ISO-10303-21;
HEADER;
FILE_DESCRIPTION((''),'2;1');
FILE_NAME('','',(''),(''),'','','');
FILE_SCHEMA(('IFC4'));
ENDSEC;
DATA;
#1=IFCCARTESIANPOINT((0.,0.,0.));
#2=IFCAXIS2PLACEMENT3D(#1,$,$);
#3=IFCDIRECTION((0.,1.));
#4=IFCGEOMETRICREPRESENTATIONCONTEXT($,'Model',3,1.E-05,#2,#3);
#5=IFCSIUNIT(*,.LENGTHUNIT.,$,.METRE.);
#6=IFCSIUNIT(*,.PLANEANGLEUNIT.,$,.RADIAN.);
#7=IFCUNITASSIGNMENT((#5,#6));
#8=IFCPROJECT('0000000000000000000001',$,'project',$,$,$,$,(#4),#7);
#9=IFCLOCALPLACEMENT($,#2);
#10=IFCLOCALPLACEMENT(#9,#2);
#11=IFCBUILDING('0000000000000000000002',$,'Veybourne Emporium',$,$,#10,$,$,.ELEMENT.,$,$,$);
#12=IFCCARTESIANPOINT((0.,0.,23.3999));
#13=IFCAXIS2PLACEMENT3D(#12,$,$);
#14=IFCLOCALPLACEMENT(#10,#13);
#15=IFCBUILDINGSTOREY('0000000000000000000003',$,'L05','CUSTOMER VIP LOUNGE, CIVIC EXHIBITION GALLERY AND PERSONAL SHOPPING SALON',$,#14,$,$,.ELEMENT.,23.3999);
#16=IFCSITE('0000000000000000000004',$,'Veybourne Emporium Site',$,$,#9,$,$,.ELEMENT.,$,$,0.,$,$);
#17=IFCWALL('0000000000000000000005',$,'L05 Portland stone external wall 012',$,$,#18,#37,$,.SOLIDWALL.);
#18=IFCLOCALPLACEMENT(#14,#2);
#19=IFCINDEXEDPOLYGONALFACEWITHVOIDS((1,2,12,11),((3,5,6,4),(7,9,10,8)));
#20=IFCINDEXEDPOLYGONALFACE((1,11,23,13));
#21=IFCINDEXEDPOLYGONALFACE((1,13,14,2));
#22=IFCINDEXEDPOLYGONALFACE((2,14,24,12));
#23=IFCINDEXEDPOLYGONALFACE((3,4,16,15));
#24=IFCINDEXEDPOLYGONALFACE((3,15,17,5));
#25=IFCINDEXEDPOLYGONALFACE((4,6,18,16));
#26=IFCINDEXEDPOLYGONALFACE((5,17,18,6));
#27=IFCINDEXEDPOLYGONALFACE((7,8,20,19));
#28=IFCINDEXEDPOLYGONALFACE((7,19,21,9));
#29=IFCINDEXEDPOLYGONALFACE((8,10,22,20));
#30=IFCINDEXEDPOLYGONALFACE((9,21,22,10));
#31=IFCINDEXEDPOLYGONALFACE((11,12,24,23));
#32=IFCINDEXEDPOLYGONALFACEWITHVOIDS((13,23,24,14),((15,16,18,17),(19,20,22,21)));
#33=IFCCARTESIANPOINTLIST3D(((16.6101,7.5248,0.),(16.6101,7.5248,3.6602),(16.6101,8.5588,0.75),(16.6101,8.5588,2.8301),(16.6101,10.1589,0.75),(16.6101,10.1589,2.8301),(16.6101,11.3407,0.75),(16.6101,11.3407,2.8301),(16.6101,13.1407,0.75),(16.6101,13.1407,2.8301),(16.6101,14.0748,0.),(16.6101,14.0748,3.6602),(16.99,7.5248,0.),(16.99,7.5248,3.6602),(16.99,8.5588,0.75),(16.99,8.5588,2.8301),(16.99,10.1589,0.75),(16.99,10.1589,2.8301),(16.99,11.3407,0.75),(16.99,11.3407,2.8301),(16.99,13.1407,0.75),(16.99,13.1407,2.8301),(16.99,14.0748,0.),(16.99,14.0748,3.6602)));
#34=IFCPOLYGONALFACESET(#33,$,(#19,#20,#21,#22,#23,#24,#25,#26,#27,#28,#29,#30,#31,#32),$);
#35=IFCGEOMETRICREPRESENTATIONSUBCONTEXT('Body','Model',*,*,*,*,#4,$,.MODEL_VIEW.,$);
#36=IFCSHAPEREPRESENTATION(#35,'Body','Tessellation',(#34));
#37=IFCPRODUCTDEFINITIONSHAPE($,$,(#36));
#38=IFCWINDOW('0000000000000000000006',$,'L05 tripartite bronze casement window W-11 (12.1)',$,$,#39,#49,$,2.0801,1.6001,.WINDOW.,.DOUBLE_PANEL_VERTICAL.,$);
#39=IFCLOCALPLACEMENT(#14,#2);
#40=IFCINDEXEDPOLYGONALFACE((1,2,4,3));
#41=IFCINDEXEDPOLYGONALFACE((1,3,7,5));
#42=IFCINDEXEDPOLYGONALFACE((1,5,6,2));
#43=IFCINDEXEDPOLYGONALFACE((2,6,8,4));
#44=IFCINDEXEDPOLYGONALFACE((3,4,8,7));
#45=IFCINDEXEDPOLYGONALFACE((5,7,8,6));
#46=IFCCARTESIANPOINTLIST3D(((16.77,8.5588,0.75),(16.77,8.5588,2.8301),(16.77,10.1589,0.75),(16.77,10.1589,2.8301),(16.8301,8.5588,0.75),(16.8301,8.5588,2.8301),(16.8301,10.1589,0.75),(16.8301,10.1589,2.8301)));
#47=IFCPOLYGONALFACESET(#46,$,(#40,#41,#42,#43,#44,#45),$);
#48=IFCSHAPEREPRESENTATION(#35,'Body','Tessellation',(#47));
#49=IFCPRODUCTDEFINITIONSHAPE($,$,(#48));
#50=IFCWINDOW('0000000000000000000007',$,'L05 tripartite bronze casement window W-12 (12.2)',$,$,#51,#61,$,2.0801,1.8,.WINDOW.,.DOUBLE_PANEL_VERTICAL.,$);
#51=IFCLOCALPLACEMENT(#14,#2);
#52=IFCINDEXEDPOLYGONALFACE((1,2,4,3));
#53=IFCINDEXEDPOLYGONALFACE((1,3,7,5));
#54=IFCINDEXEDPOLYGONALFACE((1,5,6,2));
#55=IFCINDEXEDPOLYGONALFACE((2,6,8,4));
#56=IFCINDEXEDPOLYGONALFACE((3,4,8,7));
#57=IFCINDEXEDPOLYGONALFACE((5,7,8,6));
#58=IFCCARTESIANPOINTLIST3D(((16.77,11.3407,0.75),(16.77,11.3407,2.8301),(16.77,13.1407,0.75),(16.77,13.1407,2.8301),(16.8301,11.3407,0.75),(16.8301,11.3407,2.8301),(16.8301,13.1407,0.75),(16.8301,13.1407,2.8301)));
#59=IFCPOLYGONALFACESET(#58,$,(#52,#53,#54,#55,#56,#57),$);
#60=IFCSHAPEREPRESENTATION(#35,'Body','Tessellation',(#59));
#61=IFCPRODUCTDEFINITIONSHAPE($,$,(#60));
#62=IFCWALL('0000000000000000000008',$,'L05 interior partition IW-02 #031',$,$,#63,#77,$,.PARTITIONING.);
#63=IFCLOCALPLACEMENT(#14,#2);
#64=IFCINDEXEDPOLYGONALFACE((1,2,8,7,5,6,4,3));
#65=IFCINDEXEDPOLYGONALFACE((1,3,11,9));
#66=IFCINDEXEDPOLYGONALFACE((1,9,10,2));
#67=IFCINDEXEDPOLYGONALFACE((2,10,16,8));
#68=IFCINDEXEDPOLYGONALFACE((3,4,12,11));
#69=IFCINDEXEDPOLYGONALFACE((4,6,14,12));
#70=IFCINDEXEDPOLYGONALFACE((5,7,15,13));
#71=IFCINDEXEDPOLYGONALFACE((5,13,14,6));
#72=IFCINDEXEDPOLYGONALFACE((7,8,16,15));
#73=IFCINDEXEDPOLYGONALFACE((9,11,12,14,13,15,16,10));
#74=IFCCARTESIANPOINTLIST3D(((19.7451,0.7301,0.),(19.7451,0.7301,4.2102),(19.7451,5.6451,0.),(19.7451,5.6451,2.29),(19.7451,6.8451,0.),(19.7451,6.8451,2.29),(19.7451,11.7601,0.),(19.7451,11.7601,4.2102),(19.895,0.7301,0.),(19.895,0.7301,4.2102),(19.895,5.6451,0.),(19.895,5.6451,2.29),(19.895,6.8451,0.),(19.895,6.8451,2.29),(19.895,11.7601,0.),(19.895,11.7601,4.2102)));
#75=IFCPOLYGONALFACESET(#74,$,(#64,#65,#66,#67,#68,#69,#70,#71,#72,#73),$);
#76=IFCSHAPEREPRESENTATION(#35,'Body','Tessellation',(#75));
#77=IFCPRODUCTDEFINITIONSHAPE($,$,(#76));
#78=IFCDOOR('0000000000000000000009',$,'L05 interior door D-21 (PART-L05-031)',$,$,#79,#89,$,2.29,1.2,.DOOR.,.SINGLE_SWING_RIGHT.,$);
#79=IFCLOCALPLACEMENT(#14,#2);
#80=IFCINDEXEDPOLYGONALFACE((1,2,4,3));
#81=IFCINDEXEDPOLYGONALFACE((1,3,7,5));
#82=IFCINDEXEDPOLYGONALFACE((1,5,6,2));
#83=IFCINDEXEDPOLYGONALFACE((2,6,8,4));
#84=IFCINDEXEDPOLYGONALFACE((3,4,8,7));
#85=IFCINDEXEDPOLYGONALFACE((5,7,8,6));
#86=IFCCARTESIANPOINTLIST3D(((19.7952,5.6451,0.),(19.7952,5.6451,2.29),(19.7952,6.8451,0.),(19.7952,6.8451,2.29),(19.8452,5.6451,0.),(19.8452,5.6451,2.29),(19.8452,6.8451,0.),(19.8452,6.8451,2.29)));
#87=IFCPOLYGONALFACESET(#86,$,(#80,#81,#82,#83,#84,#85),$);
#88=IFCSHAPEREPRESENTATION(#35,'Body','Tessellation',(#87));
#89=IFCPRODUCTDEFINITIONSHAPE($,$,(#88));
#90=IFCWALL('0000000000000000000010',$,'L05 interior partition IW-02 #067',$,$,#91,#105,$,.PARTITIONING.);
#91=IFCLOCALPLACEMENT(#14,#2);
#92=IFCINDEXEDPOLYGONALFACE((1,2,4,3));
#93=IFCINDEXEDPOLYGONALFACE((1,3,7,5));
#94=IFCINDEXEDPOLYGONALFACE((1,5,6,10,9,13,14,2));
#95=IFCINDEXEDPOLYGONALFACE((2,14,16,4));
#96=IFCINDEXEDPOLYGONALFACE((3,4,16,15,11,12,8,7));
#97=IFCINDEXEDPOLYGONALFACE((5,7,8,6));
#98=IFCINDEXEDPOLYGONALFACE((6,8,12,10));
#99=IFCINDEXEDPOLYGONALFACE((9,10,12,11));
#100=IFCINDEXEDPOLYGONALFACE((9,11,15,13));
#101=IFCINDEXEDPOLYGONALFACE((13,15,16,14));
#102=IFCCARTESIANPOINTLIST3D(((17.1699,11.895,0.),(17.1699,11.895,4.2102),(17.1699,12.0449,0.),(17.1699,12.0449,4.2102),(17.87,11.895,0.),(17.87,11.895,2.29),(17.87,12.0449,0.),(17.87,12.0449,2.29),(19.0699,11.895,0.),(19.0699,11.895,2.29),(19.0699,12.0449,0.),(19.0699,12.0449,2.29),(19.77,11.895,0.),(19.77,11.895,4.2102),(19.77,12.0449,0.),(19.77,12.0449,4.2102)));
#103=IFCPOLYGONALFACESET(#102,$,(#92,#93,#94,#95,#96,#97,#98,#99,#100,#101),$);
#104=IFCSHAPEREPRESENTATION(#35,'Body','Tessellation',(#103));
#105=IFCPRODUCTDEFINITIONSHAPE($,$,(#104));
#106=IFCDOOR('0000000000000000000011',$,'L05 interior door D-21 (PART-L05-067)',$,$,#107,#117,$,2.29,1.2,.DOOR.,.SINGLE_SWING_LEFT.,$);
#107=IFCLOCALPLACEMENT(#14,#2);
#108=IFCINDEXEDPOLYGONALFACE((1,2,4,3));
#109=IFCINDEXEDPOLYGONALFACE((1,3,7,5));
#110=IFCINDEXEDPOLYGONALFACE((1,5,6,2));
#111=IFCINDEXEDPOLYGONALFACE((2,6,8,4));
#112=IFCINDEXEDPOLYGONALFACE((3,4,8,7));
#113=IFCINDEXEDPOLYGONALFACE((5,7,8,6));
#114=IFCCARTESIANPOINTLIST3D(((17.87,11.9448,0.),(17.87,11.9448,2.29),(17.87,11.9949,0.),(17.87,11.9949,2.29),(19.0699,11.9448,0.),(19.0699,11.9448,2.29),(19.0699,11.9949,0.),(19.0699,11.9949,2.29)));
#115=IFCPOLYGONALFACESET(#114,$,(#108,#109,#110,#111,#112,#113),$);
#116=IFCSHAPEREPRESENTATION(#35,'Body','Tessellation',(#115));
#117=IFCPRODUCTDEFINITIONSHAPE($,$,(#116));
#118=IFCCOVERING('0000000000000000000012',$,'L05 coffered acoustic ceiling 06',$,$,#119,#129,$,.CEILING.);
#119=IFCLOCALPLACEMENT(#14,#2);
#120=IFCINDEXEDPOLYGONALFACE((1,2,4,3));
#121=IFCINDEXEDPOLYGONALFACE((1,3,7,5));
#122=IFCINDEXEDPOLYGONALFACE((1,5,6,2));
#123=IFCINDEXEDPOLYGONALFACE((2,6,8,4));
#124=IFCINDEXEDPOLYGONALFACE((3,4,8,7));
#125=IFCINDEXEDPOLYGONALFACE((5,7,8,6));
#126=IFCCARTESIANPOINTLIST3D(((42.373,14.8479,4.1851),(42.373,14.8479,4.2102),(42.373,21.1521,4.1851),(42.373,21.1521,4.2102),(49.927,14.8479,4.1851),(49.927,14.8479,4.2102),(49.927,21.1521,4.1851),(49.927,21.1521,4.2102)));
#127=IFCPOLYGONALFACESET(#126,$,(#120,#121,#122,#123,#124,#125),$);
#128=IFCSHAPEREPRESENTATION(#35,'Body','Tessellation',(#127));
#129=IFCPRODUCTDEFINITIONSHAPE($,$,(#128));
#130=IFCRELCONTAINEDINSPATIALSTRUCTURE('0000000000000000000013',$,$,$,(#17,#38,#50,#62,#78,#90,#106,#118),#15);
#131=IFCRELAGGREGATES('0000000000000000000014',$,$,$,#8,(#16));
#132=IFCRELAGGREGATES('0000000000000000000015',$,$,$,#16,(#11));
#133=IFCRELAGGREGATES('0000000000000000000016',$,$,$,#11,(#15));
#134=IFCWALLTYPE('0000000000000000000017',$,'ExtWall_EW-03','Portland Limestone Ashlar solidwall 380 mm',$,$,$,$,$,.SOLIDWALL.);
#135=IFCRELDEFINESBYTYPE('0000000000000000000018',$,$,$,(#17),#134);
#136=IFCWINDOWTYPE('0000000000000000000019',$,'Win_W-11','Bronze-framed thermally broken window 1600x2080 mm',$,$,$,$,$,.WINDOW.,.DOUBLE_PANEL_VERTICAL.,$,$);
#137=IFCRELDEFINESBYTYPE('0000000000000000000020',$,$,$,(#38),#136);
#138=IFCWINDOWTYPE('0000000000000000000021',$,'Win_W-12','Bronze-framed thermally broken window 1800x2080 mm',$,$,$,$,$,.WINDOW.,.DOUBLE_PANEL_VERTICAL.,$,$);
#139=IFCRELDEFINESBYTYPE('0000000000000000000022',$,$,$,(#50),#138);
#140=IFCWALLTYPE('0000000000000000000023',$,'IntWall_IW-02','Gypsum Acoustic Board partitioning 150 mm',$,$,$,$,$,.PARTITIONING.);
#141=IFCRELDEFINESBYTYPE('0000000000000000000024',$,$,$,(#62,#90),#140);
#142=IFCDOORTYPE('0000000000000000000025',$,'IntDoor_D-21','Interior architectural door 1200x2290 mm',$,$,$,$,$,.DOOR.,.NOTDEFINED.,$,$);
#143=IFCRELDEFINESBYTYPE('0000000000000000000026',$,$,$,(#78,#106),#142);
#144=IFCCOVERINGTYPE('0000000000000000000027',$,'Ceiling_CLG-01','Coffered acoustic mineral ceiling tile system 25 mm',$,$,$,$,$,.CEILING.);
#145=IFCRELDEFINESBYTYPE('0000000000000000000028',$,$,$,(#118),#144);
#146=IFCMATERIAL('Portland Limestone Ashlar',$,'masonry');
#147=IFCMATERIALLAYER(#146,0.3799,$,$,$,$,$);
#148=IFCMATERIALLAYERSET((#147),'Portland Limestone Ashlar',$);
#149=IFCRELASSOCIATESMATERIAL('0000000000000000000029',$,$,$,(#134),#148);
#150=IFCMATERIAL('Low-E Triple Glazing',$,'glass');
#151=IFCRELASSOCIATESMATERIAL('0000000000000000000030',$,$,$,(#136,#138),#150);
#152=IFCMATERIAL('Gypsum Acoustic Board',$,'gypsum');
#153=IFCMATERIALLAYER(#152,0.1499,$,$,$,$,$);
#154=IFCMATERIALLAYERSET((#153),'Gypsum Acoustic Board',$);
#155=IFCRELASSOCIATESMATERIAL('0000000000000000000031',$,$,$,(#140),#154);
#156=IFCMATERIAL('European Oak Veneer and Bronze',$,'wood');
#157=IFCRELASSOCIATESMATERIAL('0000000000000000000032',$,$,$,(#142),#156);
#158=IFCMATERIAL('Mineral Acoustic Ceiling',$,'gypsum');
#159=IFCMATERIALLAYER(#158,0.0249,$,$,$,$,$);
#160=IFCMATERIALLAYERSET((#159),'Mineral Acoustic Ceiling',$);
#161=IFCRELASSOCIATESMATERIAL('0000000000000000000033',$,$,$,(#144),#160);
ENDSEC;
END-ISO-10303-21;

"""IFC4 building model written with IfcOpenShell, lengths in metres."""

from ifc_helpers import new_model, si_unit, direction, frame, frame_2d, origin, place, context, subcontext, project, spatial, polyline, rectangle, outline, extrude, material, layer, layer_set, type_object, element, fill, save


model = new_model("IFC4")

# Units and contexts
model_context = context("Model", 3, precision=1e-05, world=origin(), true_north=direction((0.0, 1.0)))
body_context = subcontext(model_context, "Body", "Model", "MODEL_VIEW")
ifc_project = project(units=[si_unit("LENGTHUNIT", "METRE"), si_unit("PLANEANGLEUNIT", "RADIAN")], contexts=[model_context])

# Site, building, storey
site_placement = place(None, origin())
site = spatial("IfcSite", under=ifc_project, at=site_placement, Name="Veybourne Emporium Site", CompositionType="ELEMENT", RefElevation=0.0)
building_placement = place(site_placement, origin())
building = spatial("IfcBuilding", under=site, at=building_placement, Name="Veybourne Emporium", CompositionType="ELEMENT")
storey_placement = place(building_placement, frame((0.0, 0.0, 23.3999)))
storey = spatial("IfcBuildingStorey", under=building, at=storey_placement, Name="L05", Description="CUSTOMER VIP LOUNGE, CIVIC EXHIBITION GALLERY AND PERSONAL SHOPPING SALON", CompositionType="ELEMENT", Elevation=23.3999)

# Wall, openings, windows
ifc_material_1 = material(Name="Portland Limestone Ashlar", Category="masonry")
ifc_layer_1 = layer(ifc_material_1, 0.3799)
ifc_layer_set_1 = layer_set([ifc_layer_1], Name="Portland Limestone Ashlar")
wall_type_1 = type_object("IfcWallType", Name="ExtWall_EW-03", Description="Portland Limestone Ashlar solidwall 380 mm", PredefinedType="SOLIDWALL", material=ifc_layer_set_1)
ifc_material_2 = material(Name="Low-E Triple Glazing", Category="glass")
wall_1_placement = place(storey_placement, frame((16.8, 7.5249, 0.0), z_axis=(0.0, 0.0, 1.0), x_axis=(0.0, 1.0, 0.0)))
wall_1 = element("IfcWall", 1, at=wall_1_placement, inside=storey, type_object=wall_type_1, Name="L05 Portland stone external wall 012", PredefinedType="SOLIDWALL", context=body_context, shape_type="SweptSolid", body=[
    extrude(rectangle(XDim=6.55, YDim=0.3799, at=frame_2d((3.2749, 0.0))), origin(), (0.0, 0.0, 1.0), 3.6602),
])
opening_1_placement = place(wall_1_placement, frame((1.0339, 0.0, 0.75)))
opening_1 = element("IfcOpeningElement", 2, at=opening_1_placement, cuts=wall_1, PredefinedType="OPENING", context=body_context, shape_type="SweptSolid", body=[
    extrude(rectangle(XDim=1.6001, YDim=2.0801, at=frame_2d((0.8, 1.04))), frame((0.0, 0.21, 0.0), z_axis=(0.0, -1.0, 0.0), x_axis=(1.0, 0.0, 0.0)), (0.0, 0.0, 1.0), 0.4199),
])
opening_2_placement = place(wall_1_placement, frame((3.8159, 0.0, 0.75)))
opening_2 = element("IfcOpeningElement", 3, at=opening_2_placement, cuts=wall_1, PredefinedType="OPENING", context=body_context, shape_type="SweptSolid", body=[
    extrude(rectangle(XDim=1.8, YDim=2.0801, at=frame_2d((0.8999, 1.04))), frame((0.0, 0.21, 0.0), z_axis=(0.0, -1.0, 0.0), x_axis=(1.0, 0.0, 0.0)), (0.0, 0.0, 1.0), 0.4199),
])
window_type_1 = type_object("IfcWindowType", Name="Win_W-11", Description="Bronze-framed thermally broken window 1600x2080 mm", PartitioningType="DOUBLE_PANEL_VERTICAL", PredefinedType="WINDOW", material=ifc_material_2)
window_1_placement = place(opening_1_placement, origin())
window_1 = element("IfcWindow", 4, at=window_1_placement, inside=storey, type_object=window_type_1, Name="L05 tripartite bronze casement window W-11 (12.1)", OverallHeight=2.0801, OverallWidth=1.6001, PartitioningType="DOUBLE_PANEL_VERTICAL", PredefinedType="WINDOW", context=body_context, shape_type="SweptSolid", body=[
    extrude(rectangle(XDim=1.6001, YDim=2.0801, at=frame_2d((0.8, 1.04))), frame((0.0, 0.03, 0.0), z_axis=(0.0, -1.0, 0.0), x_axis=(1.0, 0.0, 0.0)), (0.0, 0.0, 1.0), 0.0601),
])
fill(opening_1, window_1)
window_type_2 = type_object("IfcWindowType", Name="Win_W-12", Description="Bronze-framed thermally broken window 1800x2080 mm", PartitioningType="DOUBLE_PANEL_VERTICAL", PredefinedType="WINDOW", material=ifc_material_2)
window_2_placement = place(opening_2_placement, origin())
window_2 = element("IfcWindow", 5, at=window_2_placement, inside=storey, type_object=window_type_2, Name="L05 tripartite bronze casement window W-12 (12.2)", OverallHeight=2.0801, OverallWidth=1.8, PartitioningType="DOUBLE_PANEL_VERTICAL", PredefinedType="WINDOW", context=body_context, shape_type="SweptSolid", body=[
    extrude(rectangle(XDim=1.8, YDim=2.0801, at=frame_2d((0.8999, 1.04))), frame((0.0, 0.03, 0.0), z_axis=(0.0, -1.0, 0.0), x_axis=(1.0, 0.0, 0.0)), (0.0, 0.0, 1.0), 0.0601),
])
fill(opening_2, window_2)

# Walls, openings, doors
ifc_material_3 = material(Name="Gypsum Acoustic Board", Category="gypsum")
ifc_layer_2 = layer(ifc_material_3, 0.1499)
ifc_layer_set_2 = layer_set([ifc_layer_2], Name="Gypsum Acoustic Board")
wall_type_2 = type_object("IfcWallType", Name="IntWall_IW-02", Description="Gypsum Acoustic Board partitioning 150 mm", PredefinedType="PARTITIONING", material=ifc_layer_set_2)
wall_2_placement = place(storey_placement, frame((19.8201, 0.73, 0.0), z_axis=(0.0, 0.0, 1.0), x_axis=(0.0, 1.0, 0.0)))
wall_2 = element("IfcWall", 6, at=wall_2_placement, inside=storey, type_object=wall_type_2, Name="L05 interior partition IW-02 #031", PredefinedType="PARTITIONING", context=body_context, shape_type="SweptSolid", body=[
    extrude(rectangle(XDim=11.03, YDim=0.1499, at=frame_2d((5.5151, 0.0))), origin(), (0.0, 0.0, 1.0), 4.2102),
])
opening_3_placement = place(wall_2_placement, frame((4.915, 0.0, 0.0)))
opening_3 = element("IfcOpeningElement", 7, at=opening_3_placement, cuts=wall_2, PredefinedType="OPENING", context=body_context, shape_type="SweptSolid", body=[
    extrude(rectangle(XDim=1.2, YDim=2.29, at=frame_2d((0.6001, 1.145))), frame((0.0, 0.095, 0.0), z_axis=(0.0, -1.0, 0.0), x_axis=(1.0, 0.0, 0.0)), (0.0, 0.0, 1.0), 0.1899),
])
ifc_material_4 = material(Name="European Oak Veneer and Bronze", Category="wood")
door_type = type_object("IfcDoorType", Name="IntDoor_D-21", Description="Interior architectural door 1200x2290 mm", OperationType="NOTDEFINED", PredefinedType="DOOR", material=ifc_material_4)
door_1_placement = place(opening_3_placement, origin())
door_1 = element("IfcDoor", 8, at=door_1_placement, inside=storey, type_object=door_type, Name="L05 interior door D-21 (PART-L05-031)", OperationType="SINGLE_SWING_RIGHT", OverallHeight=2.29, OverallWidth=1.2, PredefinedType="DOOR", context=body_context, shape_type="SweptSolid", body=[
    extrude(rectangle(XDim=1.2, YDim=2.29, at=frame_2d((0.6001, 1.145))), frame((0.0, 0.0249, 0.0), z_axis=(0.0, -1.0, 0.0), x_axis=(1.0, 0.0, 0.0)), (0.0, 0.0, 1.0), 0.05),
])
fill(opening_3, door_1)
wall_3_placement = place(storey_placement, frame((17.1699, 11.97, 0.0), z_axis=(0.0, 0.0, 1.0), x_axis=(1.0, 0.0, 0.0)))
wall_3 = element("IfcWall", 9, at=wall_3_placement, inside=storey, type_object=wall_type_2, Name="L05 interior partition IW-02 #067", PredefinedType="PARTITIONING", context=body_context, shape_type="SweptSolid", body=[
    extrude(rectangle(XDim=2.6001, YDim=0.1499, at=frame_2d((1.3, 0.0))), origin(), (0.0, 0.0, 1.0), 4.2102),
])
opening_4_placement = place(wall_3_placement, frame((0.7, 0.0, 0.0)))
opening_4 = element("IfcOpeningElement", 10, at=opening_4_placement, cuts=wall_3, PredefinedType="OPENING", context=body_context, shape_type="SweptSolid", body=[
    extrude(rectangle(XDim=1.2, YDim=2.29, at=frame_2d((0.6001, 1.145))), frame((0.0, 0.095, 0.0), z_axis=(0.0, -1.0, 0.0), x_axis=(1.0, 0.0, 0.0)), (0.0, 0.0, 1.0), 0.1899),
])
door_2_placement = place(opening_4_placement, origin())
door_2 = element("IfcDoor", 11, at=door_2_placement, inside=storey, type_object=door_type, Name="L05 interior door D-21 (PART-L05-067)", OperationType="SINGLE_SWING_LEFT", OverallHeight=2.29, OverallWidth=1.2, PredefinedType="DOOR", context=body_context, shape_type="SweptSolid", body=[
    extrude(rectangle(XDim=1.2, YDim=2.29, at=frame_2d((0.6001, 1.145))), frame((0.0, 0.0249, 0.0), z_axis=(0.0, -1.0, 0.0), x_axis=(1.0, 0.0, 0.0)), (0.0, 0.0, 1.0), 0.05),
])
fill(opening_4, door_2)

# Covering
ifc_material_5 = material(Name="Mineral Acoustic Ceiling", Category="gypsum")
ifc_layer_3 = layer(ifc_material_5, 0.0249)
ifc_layer_set_3 = layer_set([ifc_layer_3], Name="Mineral Acoustic Ceiling")
covering_type_1 = type_object("IfcCoveringType", Name="Ceiling_CLG-01", Description="Coffered acoustic mineral ceiling tile system 25 mm", PredefinedType="CEILING", material=ifc_layer_set_3)
covering_1_placement = place(storey_placement, frame((0.0, 0.0, 4.1851)))
element("IfcCovering", 12, at=covering_1_placement, inside=storey, type_object=covering_type_1, Name="L05 coffered acoustic ceiling 06", PredefinedType="CEILING", context=body_context, shape_type="SweptSolid", body=[
    extrude(outline(polyline([(42.373, 21.1521), (49.927, 21.1521), (49.927, 14.8479), (42.373, 14.8479), (42.373, 21.1521)])), origin(), (0.0, 0.0, 1.0), 0.0251),
])

save(model, "model.ifc")
